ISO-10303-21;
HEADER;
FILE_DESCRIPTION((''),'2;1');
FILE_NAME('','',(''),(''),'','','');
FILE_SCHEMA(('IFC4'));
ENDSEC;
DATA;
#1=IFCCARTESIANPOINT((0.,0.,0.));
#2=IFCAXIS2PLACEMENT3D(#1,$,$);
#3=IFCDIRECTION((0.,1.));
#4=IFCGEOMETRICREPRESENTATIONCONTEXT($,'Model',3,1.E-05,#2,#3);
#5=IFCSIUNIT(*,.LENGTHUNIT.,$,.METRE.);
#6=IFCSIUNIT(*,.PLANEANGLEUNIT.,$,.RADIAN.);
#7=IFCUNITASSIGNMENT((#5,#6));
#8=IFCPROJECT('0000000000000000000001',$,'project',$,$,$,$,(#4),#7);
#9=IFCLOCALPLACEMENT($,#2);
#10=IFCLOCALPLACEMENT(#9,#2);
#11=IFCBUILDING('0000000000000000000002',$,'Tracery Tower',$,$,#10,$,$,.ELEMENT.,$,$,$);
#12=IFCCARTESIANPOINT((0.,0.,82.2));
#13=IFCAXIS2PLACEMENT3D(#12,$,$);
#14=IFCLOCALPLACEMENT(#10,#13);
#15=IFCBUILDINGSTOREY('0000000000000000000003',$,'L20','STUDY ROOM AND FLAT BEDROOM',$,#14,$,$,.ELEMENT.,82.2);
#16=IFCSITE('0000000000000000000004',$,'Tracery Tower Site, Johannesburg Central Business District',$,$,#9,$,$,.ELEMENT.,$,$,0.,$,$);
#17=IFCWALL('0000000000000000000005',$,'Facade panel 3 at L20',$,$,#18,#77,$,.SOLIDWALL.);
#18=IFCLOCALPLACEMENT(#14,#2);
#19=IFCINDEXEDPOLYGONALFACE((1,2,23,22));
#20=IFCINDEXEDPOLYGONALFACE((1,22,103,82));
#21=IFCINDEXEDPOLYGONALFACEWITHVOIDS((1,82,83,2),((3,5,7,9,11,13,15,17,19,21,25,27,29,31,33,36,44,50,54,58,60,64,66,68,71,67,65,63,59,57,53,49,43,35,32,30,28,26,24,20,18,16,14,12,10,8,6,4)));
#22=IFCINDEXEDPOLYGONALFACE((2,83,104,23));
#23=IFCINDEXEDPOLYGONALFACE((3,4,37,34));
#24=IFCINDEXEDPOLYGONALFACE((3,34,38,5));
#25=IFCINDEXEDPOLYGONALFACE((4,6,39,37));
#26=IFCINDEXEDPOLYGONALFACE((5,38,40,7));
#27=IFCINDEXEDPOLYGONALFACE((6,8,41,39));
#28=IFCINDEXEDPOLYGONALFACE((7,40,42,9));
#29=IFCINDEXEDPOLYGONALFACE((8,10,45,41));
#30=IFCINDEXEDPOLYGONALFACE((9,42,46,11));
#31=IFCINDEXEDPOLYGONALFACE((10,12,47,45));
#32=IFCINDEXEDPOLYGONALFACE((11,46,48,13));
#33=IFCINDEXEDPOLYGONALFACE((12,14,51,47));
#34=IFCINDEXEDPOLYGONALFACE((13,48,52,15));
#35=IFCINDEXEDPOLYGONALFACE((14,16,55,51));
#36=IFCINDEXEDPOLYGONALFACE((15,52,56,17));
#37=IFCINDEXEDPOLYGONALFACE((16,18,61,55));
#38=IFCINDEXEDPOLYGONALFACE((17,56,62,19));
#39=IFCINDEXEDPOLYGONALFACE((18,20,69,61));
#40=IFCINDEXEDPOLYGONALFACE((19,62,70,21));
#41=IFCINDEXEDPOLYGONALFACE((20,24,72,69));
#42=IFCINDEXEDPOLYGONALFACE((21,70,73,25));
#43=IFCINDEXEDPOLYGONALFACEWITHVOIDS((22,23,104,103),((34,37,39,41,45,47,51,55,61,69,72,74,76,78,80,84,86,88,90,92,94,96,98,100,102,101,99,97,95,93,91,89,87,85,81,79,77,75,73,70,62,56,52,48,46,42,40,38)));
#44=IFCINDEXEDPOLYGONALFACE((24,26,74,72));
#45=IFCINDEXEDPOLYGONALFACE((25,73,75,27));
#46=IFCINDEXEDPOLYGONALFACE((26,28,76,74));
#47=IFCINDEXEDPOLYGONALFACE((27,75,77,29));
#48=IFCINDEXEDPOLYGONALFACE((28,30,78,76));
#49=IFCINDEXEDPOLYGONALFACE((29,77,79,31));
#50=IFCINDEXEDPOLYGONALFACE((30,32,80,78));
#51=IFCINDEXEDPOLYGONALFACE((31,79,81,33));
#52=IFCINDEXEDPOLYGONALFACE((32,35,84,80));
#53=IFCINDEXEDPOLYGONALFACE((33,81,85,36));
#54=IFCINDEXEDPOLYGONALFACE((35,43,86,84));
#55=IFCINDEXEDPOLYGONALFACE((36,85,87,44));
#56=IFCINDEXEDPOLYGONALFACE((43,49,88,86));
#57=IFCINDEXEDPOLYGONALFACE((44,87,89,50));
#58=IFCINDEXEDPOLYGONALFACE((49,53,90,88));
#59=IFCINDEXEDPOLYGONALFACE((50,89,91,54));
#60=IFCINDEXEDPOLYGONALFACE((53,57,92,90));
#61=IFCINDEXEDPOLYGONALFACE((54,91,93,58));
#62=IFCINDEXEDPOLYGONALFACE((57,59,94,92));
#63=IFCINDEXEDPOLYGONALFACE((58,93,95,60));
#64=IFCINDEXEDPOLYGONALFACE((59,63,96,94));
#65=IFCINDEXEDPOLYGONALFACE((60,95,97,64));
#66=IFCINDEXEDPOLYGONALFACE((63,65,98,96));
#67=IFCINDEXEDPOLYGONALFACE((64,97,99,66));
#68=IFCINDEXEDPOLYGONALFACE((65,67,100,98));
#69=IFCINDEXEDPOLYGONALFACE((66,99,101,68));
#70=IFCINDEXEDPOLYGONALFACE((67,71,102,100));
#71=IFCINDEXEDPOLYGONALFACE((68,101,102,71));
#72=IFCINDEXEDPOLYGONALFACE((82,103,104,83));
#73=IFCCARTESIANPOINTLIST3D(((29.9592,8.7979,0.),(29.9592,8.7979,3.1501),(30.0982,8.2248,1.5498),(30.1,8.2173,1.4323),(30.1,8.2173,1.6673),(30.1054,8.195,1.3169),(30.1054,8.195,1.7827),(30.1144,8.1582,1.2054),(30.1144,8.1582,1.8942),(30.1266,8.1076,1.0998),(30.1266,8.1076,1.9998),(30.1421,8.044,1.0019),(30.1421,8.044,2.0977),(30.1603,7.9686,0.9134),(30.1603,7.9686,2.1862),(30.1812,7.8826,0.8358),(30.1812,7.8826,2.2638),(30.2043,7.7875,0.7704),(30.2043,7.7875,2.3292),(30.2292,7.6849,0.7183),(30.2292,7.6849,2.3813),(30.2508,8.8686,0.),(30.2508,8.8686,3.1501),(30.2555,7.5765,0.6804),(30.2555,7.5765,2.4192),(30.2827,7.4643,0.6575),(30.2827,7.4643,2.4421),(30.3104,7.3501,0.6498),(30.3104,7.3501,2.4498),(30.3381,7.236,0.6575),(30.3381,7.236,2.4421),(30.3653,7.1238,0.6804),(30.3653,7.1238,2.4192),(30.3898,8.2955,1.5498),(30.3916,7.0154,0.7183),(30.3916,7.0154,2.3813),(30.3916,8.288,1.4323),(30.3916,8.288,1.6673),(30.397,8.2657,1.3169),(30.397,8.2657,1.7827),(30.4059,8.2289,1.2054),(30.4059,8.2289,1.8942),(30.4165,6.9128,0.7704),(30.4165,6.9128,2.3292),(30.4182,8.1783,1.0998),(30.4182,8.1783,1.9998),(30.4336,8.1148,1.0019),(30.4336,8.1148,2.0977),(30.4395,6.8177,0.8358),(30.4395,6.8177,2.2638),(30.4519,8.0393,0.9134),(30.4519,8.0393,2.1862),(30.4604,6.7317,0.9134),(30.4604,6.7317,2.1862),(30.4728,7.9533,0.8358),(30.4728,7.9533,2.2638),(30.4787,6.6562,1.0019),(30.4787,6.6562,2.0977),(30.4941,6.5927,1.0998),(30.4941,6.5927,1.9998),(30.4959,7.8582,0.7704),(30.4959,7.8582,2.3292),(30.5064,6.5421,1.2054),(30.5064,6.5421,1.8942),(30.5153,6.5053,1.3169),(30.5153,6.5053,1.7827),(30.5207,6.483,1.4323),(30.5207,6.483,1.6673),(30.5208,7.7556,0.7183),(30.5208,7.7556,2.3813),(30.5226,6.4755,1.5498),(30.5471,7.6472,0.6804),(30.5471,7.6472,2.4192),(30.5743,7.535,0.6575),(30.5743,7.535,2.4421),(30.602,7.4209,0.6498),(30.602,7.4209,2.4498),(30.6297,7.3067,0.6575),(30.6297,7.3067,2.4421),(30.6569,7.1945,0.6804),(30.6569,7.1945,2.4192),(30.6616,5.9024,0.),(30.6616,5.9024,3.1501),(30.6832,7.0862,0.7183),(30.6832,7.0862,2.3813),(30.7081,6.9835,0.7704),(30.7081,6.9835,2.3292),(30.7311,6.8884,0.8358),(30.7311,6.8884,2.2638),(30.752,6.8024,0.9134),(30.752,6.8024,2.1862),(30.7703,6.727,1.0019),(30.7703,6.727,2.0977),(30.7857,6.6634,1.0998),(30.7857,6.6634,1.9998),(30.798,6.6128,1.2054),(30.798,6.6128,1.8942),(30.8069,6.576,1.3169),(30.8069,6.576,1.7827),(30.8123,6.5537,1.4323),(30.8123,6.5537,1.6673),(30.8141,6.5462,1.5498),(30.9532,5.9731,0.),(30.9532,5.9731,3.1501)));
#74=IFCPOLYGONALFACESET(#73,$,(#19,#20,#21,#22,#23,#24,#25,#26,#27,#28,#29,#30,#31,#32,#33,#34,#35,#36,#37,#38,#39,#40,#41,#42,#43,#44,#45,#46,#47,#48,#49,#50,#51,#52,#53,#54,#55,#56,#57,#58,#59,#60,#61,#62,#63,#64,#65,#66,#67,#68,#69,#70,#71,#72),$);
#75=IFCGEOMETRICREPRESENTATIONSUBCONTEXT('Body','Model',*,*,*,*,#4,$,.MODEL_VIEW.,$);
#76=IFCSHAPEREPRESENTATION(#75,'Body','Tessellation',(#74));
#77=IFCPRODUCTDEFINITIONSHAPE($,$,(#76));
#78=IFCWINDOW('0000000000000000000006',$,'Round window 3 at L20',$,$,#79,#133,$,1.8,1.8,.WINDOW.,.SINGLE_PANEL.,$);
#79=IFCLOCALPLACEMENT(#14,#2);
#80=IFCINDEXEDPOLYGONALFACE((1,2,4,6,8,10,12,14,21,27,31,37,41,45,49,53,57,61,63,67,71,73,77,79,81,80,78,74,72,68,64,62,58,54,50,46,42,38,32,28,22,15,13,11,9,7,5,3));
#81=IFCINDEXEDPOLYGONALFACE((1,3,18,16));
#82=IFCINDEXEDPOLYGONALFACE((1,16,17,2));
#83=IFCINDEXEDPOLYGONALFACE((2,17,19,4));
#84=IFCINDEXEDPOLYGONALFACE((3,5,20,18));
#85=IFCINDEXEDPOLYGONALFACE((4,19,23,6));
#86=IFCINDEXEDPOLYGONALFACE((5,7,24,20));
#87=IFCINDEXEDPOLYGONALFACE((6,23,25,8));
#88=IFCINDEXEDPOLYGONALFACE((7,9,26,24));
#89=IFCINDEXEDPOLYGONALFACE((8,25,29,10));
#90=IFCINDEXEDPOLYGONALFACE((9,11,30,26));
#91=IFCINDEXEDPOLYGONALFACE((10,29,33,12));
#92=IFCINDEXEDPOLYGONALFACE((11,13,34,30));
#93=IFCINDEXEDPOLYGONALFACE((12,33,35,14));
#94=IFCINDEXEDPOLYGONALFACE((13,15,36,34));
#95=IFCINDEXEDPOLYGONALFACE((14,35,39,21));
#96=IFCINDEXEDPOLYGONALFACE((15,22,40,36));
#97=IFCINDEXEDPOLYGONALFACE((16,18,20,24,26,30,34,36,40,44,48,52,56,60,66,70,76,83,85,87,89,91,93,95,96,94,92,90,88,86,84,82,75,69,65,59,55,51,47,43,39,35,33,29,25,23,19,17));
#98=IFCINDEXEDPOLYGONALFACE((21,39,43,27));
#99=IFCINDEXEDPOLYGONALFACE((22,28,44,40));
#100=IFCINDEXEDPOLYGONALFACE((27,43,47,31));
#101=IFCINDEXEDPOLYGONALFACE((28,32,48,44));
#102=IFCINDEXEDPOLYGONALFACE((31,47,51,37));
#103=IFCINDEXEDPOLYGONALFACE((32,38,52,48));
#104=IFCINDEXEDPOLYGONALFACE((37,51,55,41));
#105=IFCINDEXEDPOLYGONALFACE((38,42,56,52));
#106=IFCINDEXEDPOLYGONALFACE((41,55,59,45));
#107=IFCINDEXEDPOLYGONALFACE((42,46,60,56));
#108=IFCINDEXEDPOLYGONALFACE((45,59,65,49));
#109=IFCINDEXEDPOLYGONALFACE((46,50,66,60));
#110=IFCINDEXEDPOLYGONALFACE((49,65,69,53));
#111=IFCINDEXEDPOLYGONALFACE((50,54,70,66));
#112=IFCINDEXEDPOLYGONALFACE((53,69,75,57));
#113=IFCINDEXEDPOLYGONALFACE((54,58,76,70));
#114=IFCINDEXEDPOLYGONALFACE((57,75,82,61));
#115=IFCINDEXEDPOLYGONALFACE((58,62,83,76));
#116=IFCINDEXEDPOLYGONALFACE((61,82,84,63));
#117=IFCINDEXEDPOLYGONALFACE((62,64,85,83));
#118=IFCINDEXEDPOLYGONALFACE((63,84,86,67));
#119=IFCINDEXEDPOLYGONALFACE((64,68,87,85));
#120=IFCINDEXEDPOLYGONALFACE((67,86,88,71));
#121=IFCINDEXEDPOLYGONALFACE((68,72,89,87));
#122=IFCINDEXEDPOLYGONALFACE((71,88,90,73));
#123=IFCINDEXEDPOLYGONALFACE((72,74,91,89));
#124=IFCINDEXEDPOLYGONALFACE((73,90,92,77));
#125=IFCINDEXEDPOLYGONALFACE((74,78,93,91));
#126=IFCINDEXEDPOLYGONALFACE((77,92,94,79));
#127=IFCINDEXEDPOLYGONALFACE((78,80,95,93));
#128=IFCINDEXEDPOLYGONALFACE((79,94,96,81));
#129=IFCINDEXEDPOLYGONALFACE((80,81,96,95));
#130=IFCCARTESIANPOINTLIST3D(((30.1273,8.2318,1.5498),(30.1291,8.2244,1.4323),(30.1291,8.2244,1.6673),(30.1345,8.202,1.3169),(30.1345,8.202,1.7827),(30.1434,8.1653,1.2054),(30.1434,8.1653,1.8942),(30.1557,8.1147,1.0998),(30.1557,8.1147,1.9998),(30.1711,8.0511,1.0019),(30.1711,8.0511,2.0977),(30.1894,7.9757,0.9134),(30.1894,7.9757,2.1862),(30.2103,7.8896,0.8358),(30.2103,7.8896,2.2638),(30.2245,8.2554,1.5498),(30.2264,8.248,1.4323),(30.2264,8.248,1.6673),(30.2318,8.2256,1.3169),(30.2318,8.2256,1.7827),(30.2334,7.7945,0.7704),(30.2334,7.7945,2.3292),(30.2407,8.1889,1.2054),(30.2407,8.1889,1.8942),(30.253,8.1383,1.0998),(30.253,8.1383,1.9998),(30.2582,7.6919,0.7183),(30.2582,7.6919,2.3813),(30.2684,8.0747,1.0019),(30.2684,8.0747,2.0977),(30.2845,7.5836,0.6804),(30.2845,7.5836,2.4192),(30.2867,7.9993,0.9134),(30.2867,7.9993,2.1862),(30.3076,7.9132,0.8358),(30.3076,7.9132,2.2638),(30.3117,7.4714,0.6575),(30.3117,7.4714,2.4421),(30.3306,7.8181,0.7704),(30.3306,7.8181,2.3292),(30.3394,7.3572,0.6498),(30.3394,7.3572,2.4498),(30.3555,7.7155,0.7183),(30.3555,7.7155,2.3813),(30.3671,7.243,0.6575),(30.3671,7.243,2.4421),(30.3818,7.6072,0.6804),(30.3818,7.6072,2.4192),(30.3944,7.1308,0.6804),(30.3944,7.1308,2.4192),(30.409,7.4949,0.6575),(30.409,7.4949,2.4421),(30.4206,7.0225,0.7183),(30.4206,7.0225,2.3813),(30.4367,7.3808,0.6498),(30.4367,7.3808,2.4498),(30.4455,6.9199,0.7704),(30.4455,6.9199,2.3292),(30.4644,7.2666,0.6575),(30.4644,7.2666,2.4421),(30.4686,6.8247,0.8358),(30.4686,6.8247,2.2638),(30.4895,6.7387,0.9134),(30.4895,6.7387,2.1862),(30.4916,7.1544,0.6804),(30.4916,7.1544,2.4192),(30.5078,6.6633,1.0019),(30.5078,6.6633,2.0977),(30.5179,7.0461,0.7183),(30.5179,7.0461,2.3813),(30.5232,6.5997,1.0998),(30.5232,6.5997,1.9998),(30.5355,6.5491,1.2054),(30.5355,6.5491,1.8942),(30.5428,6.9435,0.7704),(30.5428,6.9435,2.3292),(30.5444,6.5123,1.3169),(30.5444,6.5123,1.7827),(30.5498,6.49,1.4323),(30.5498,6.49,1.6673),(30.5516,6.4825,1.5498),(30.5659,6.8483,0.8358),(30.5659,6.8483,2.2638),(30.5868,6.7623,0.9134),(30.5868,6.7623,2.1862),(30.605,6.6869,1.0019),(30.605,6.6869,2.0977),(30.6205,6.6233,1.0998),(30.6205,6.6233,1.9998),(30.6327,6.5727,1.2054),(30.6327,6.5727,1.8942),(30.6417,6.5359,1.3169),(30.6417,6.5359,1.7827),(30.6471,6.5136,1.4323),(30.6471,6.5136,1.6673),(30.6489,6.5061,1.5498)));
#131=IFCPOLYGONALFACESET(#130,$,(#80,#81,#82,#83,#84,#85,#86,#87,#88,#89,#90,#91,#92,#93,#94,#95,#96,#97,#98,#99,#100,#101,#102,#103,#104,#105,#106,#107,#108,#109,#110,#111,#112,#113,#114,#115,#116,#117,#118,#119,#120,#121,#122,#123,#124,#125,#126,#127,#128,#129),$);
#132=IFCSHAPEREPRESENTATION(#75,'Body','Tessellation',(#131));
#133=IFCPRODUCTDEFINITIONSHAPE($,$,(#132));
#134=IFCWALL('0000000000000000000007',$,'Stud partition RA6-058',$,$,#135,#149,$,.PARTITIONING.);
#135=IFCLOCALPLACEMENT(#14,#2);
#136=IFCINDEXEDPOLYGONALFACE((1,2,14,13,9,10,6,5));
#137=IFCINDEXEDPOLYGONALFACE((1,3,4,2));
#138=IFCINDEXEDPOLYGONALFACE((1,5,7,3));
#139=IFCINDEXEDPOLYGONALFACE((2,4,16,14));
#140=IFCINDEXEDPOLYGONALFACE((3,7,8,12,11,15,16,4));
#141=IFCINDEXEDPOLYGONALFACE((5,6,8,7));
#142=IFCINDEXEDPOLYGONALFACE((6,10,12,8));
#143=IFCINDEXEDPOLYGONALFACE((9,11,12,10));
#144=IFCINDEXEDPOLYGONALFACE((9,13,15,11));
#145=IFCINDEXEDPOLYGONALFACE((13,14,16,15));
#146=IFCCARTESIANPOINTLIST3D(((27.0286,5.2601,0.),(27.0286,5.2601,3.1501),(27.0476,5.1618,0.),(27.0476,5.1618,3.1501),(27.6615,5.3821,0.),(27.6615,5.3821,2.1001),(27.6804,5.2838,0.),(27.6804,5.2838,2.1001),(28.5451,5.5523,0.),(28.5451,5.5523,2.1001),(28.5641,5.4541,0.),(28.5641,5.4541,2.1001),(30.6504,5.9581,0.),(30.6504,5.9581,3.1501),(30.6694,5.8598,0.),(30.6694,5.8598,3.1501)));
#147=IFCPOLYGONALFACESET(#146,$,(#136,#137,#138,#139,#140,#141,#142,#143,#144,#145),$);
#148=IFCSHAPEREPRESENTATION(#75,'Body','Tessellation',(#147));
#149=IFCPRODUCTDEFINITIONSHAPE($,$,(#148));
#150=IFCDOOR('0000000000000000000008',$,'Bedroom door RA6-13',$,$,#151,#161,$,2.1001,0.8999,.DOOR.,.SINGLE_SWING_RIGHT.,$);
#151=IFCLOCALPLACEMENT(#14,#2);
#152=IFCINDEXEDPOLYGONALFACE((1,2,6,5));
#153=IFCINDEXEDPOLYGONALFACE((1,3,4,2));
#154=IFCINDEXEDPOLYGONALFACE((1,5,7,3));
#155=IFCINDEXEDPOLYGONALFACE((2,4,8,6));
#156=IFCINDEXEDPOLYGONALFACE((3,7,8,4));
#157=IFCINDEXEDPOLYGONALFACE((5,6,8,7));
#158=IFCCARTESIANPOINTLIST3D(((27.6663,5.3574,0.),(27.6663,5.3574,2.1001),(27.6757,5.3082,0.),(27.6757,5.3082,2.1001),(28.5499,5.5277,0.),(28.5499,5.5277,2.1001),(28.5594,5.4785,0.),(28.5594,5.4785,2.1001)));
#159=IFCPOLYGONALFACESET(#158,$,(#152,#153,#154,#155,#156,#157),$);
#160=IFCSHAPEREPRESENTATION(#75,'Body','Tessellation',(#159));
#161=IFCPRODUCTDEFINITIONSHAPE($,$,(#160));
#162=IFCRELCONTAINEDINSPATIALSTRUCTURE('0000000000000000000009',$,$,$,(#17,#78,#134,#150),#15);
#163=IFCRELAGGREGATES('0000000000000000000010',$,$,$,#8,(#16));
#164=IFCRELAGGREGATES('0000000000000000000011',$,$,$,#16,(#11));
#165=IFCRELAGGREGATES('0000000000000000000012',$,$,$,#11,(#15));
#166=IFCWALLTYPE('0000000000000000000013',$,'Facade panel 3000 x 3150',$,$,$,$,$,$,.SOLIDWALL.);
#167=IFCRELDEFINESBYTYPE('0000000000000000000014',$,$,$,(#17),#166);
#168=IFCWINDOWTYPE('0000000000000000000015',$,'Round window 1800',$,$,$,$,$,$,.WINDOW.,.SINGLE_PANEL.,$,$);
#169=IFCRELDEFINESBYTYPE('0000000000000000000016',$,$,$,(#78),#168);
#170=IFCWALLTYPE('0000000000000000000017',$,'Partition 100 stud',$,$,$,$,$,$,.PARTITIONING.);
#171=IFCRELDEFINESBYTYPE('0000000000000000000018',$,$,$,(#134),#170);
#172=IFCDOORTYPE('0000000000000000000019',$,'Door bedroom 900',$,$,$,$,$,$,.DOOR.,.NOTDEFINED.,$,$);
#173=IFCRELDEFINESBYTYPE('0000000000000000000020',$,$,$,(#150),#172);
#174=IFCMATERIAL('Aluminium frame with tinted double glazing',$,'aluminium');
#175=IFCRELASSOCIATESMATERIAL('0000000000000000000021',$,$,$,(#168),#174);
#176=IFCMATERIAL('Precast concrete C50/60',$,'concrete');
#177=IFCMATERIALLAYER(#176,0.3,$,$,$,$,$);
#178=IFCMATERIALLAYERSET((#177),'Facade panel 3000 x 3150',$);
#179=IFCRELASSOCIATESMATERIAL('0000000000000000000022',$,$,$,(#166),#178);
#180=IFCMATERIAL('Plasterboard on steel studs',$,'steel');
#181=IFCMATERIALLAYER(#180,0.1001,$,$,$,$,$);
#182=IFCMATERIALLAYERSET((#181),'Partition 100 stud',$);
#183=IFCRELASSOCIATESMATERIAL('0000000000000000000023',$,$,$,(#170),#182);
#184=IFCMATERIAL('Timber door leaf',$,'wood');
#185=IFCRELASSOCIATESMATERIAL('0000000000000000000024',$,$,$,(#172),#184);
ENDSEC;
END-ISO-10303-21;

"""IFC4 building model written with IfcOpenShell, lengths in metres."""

from ifc_helpers import new_model, si_unit, direction, frame, frame_2d, origin, origin_2d, place, context, subcontext, project, spatial, rectangle, circle, extrude, material, layer, layer_set, type_object, element, fill, save


model = new_model("IFC4")

# Units and contexts
model_context = context("Model", 3, precision=1e-05, world=origin(), true_north=direction((0.0, 1.0)))
body_context = subcontext(model_context, "Body", "Model", "MODEL_VIEW")
ifc_project = project(units=[si_unit("LENGTHUNIT", "METRE"), si_unit("PLANEANGLEUNIT", "RADIAN")], contexts=[model_context])

# Site, building, storey
site_placement = place(None, origin())
site = spatial("IfcSite", under=ifc_project, at=site_placement, Name="Tracery Tower Site, Johannesburg Central Business District", CompositionType="ELEMENT", RefElevation=0.0)
building_placement = place(site_placement, origin())
building = spatial("IfcBuilding", under=site, at=building_placement, Name="Tracery Tower", CompositionType="ELEMENT")
storey_placement = place(building_placement, frame((0.0, 0.0, 82.2)))
storey = spatial("IfcBuildingStorey", under=building, at=storey_placement, Name="L20", Description="STUDY ROOM AND FLAT BEDROOM", CompositionType="ELEMENT", Elevation=82.2)

# Wall, opening, window
ifc_material_1 = material(Name="Aluminium frame with tinted double glazing", Category="aluminium")
window_type = type_object("IfcWindowType", Name="Round window 1800", PartitioningType="SINGLE_PANEL", PredefinedType="WINDOW", material=ifc_material_1)
ifc_material_2 = material(Name="Precast concrete C50/60", Category="concrete")
ifc_layer_1 = layer(ifc_material_2, 0.3)
ifc_layer_set_1 = layer_set([ifc_layer_1], Name="Facade panel 3000 x 3150")
wall_type_1 = type_object("IfcWallType", Name="Facade panel 3000 x 3150", PredefinedType="SOLIDWALL", material=ifc_layer_set_1)
wall_1_placement = place(storey_placement, frame((30.8074, 5.9377, 0.0), z_axis=(0.0, 0.0, 1.0), x_axis=(-0.235743, 0.971815, 0.0)))
wall_1 = element("IfcWall", 1, at=wall_1_placement, inside=storey, type_object=wall_type_1, Name="Facade panel 3 at L20", PredefinedType="SOLIDWALL", context=body_context, shape_type="SweptSolid", body=[
    extrude(rectangle(XDim=2.9795, YDim=0.3, at=frame_2d((1.4897, 0.0))), origin(), (0.0, 0.0, 1.0), 3.1501),
])
opening_1_placement = place(wall_1_placement, frame((1.4897, 0.0, 1.5498)))
opening_1 = element("IfcOpeningElement", 2, at=opening_1_placement, cuts=wall_1, PredefinedType="OPENING", context=body_context, shape_type="SweptSolid", body=[
    extrude(circle(Radius=0.9, at=origin_2d()), frame((0.0, 0.1599, 0.0), z_axis=(0.0, -1.0, 0.0), x_axis=(1.0, 0.0, 0.0)), (0.0, 0.0, 1.0), 0.3201),
])
window_1_placement = place(opening_1_placement, origin())
window_1 = element("IfcWindow", 3, at=window_1_placement, inside=storey, type_object=window_type, Name="Round window 3 at L20", OverallHeight=1.8, OverallWidth=1.8, PartitioningType="SINGLE_PANEL", PredefinedType="WINDOW", context=body_context, shape_type="SweptSolid", body=[
    extrude(circle(Radius=0.9, at=origin_2d()), frame((0.0, 0.1201, 0.0), z_axis=(0.0, -1.0, 0.0), x_axis=(1.0, 0.0, 0.0)), (0.0, 0.0, 1.0), 0.1001),
])
fill(opening_1, window_1)

# Wall, opening, door
ifc_material_3 = material(Name="Plasterboard on steel studs", Category="steel")
ifc_layer_2 = layer(ifc_material_3, 0.1001)
ifc_layer_set_2 = layer_set([ifc_layer_2], Name="Partition 100 stud")
wall_type_2 = type_object("IfcWallType", Name="Partition 100 stud", PredefinedType="PARTITIONING", material=ifc_layer_set_2)
wall_2_placement = place(storey_placement, frame((27.0381, 5.2109, 0.0), z_axis=(0.0, 0.0, 1.0), x_axis=(0.981931, 0.189238, 0.0)))
wall_2 = element("IfcWall", 4, at=wall_2_placement, inside=storey, type_object=wall_type_2, Name="Stud partition RA6-058", PredefinedType="PARTITIONING", context=body_context, shape_type="SweptSolid", body=[
    extrude(rectangle(XDim=3.6885, YDim=0.1001, at=frame_2d((1.8442, 0.0))), origin(), (0.0, 0.0, 1.0), 3.1501),
])
opening_2_placement = place(wall_2_placement, frame((0.6445, 0.0, 0.0)))
opening_2 = element("IfcOpeningElement", 5, at=opening_2_placement, cuts=wall_2, PredefinedType="OPENING", context=body_context, shape_type="SweptSolid", body=[
    extrude(rectangle(XDim=0.8999, YDim=2.1001, at=frame_2d((0.45, 1.05))), frame((0.0, 0.05, 0.0), z_axis=(0.0, -1.0, 0.0), x_axis=(1.0, 0.0, 0.0)), (0.0, 0.0, 1.0), 0.1001),
])
ifc_material_4 = material(Name="Timber door leaf", Category="wood")
door_type_1 = type_object("IfcDoorType", Name="Door bedroom 900", OperationType="NOTDEFINED", PredefinedType="DOOR", material=ifc_material_4)
door_1_placement = place(opening_2_placement, origin())
door_1 = element("IfcDoor", 6, at=door_1_placement, inside=storey, type_object=door_type_1, Name="Bedroom door RA6-13", OperationType="SINGLE_SWING_RIGHT", OverallHeight=2.1001, OverallWidth=0.8999, PredefinedType="DOOR", context=body_context, shape_type="SweptSolid", body=[
    extrude(rectangle(XDim=0.8999, YDim=2.1001, at=frame_2d((0.45, 1.05))), frame((0.0, 0.0249, 0.0), z_axis=(0.0, -1.0, 0.0), x_axis=(1.0, 0.0, 0.0)), (0.0, 0.0, 1.0), 0.05),
])
fill(opening_2, door_1)

save(model, "model.ifc")
